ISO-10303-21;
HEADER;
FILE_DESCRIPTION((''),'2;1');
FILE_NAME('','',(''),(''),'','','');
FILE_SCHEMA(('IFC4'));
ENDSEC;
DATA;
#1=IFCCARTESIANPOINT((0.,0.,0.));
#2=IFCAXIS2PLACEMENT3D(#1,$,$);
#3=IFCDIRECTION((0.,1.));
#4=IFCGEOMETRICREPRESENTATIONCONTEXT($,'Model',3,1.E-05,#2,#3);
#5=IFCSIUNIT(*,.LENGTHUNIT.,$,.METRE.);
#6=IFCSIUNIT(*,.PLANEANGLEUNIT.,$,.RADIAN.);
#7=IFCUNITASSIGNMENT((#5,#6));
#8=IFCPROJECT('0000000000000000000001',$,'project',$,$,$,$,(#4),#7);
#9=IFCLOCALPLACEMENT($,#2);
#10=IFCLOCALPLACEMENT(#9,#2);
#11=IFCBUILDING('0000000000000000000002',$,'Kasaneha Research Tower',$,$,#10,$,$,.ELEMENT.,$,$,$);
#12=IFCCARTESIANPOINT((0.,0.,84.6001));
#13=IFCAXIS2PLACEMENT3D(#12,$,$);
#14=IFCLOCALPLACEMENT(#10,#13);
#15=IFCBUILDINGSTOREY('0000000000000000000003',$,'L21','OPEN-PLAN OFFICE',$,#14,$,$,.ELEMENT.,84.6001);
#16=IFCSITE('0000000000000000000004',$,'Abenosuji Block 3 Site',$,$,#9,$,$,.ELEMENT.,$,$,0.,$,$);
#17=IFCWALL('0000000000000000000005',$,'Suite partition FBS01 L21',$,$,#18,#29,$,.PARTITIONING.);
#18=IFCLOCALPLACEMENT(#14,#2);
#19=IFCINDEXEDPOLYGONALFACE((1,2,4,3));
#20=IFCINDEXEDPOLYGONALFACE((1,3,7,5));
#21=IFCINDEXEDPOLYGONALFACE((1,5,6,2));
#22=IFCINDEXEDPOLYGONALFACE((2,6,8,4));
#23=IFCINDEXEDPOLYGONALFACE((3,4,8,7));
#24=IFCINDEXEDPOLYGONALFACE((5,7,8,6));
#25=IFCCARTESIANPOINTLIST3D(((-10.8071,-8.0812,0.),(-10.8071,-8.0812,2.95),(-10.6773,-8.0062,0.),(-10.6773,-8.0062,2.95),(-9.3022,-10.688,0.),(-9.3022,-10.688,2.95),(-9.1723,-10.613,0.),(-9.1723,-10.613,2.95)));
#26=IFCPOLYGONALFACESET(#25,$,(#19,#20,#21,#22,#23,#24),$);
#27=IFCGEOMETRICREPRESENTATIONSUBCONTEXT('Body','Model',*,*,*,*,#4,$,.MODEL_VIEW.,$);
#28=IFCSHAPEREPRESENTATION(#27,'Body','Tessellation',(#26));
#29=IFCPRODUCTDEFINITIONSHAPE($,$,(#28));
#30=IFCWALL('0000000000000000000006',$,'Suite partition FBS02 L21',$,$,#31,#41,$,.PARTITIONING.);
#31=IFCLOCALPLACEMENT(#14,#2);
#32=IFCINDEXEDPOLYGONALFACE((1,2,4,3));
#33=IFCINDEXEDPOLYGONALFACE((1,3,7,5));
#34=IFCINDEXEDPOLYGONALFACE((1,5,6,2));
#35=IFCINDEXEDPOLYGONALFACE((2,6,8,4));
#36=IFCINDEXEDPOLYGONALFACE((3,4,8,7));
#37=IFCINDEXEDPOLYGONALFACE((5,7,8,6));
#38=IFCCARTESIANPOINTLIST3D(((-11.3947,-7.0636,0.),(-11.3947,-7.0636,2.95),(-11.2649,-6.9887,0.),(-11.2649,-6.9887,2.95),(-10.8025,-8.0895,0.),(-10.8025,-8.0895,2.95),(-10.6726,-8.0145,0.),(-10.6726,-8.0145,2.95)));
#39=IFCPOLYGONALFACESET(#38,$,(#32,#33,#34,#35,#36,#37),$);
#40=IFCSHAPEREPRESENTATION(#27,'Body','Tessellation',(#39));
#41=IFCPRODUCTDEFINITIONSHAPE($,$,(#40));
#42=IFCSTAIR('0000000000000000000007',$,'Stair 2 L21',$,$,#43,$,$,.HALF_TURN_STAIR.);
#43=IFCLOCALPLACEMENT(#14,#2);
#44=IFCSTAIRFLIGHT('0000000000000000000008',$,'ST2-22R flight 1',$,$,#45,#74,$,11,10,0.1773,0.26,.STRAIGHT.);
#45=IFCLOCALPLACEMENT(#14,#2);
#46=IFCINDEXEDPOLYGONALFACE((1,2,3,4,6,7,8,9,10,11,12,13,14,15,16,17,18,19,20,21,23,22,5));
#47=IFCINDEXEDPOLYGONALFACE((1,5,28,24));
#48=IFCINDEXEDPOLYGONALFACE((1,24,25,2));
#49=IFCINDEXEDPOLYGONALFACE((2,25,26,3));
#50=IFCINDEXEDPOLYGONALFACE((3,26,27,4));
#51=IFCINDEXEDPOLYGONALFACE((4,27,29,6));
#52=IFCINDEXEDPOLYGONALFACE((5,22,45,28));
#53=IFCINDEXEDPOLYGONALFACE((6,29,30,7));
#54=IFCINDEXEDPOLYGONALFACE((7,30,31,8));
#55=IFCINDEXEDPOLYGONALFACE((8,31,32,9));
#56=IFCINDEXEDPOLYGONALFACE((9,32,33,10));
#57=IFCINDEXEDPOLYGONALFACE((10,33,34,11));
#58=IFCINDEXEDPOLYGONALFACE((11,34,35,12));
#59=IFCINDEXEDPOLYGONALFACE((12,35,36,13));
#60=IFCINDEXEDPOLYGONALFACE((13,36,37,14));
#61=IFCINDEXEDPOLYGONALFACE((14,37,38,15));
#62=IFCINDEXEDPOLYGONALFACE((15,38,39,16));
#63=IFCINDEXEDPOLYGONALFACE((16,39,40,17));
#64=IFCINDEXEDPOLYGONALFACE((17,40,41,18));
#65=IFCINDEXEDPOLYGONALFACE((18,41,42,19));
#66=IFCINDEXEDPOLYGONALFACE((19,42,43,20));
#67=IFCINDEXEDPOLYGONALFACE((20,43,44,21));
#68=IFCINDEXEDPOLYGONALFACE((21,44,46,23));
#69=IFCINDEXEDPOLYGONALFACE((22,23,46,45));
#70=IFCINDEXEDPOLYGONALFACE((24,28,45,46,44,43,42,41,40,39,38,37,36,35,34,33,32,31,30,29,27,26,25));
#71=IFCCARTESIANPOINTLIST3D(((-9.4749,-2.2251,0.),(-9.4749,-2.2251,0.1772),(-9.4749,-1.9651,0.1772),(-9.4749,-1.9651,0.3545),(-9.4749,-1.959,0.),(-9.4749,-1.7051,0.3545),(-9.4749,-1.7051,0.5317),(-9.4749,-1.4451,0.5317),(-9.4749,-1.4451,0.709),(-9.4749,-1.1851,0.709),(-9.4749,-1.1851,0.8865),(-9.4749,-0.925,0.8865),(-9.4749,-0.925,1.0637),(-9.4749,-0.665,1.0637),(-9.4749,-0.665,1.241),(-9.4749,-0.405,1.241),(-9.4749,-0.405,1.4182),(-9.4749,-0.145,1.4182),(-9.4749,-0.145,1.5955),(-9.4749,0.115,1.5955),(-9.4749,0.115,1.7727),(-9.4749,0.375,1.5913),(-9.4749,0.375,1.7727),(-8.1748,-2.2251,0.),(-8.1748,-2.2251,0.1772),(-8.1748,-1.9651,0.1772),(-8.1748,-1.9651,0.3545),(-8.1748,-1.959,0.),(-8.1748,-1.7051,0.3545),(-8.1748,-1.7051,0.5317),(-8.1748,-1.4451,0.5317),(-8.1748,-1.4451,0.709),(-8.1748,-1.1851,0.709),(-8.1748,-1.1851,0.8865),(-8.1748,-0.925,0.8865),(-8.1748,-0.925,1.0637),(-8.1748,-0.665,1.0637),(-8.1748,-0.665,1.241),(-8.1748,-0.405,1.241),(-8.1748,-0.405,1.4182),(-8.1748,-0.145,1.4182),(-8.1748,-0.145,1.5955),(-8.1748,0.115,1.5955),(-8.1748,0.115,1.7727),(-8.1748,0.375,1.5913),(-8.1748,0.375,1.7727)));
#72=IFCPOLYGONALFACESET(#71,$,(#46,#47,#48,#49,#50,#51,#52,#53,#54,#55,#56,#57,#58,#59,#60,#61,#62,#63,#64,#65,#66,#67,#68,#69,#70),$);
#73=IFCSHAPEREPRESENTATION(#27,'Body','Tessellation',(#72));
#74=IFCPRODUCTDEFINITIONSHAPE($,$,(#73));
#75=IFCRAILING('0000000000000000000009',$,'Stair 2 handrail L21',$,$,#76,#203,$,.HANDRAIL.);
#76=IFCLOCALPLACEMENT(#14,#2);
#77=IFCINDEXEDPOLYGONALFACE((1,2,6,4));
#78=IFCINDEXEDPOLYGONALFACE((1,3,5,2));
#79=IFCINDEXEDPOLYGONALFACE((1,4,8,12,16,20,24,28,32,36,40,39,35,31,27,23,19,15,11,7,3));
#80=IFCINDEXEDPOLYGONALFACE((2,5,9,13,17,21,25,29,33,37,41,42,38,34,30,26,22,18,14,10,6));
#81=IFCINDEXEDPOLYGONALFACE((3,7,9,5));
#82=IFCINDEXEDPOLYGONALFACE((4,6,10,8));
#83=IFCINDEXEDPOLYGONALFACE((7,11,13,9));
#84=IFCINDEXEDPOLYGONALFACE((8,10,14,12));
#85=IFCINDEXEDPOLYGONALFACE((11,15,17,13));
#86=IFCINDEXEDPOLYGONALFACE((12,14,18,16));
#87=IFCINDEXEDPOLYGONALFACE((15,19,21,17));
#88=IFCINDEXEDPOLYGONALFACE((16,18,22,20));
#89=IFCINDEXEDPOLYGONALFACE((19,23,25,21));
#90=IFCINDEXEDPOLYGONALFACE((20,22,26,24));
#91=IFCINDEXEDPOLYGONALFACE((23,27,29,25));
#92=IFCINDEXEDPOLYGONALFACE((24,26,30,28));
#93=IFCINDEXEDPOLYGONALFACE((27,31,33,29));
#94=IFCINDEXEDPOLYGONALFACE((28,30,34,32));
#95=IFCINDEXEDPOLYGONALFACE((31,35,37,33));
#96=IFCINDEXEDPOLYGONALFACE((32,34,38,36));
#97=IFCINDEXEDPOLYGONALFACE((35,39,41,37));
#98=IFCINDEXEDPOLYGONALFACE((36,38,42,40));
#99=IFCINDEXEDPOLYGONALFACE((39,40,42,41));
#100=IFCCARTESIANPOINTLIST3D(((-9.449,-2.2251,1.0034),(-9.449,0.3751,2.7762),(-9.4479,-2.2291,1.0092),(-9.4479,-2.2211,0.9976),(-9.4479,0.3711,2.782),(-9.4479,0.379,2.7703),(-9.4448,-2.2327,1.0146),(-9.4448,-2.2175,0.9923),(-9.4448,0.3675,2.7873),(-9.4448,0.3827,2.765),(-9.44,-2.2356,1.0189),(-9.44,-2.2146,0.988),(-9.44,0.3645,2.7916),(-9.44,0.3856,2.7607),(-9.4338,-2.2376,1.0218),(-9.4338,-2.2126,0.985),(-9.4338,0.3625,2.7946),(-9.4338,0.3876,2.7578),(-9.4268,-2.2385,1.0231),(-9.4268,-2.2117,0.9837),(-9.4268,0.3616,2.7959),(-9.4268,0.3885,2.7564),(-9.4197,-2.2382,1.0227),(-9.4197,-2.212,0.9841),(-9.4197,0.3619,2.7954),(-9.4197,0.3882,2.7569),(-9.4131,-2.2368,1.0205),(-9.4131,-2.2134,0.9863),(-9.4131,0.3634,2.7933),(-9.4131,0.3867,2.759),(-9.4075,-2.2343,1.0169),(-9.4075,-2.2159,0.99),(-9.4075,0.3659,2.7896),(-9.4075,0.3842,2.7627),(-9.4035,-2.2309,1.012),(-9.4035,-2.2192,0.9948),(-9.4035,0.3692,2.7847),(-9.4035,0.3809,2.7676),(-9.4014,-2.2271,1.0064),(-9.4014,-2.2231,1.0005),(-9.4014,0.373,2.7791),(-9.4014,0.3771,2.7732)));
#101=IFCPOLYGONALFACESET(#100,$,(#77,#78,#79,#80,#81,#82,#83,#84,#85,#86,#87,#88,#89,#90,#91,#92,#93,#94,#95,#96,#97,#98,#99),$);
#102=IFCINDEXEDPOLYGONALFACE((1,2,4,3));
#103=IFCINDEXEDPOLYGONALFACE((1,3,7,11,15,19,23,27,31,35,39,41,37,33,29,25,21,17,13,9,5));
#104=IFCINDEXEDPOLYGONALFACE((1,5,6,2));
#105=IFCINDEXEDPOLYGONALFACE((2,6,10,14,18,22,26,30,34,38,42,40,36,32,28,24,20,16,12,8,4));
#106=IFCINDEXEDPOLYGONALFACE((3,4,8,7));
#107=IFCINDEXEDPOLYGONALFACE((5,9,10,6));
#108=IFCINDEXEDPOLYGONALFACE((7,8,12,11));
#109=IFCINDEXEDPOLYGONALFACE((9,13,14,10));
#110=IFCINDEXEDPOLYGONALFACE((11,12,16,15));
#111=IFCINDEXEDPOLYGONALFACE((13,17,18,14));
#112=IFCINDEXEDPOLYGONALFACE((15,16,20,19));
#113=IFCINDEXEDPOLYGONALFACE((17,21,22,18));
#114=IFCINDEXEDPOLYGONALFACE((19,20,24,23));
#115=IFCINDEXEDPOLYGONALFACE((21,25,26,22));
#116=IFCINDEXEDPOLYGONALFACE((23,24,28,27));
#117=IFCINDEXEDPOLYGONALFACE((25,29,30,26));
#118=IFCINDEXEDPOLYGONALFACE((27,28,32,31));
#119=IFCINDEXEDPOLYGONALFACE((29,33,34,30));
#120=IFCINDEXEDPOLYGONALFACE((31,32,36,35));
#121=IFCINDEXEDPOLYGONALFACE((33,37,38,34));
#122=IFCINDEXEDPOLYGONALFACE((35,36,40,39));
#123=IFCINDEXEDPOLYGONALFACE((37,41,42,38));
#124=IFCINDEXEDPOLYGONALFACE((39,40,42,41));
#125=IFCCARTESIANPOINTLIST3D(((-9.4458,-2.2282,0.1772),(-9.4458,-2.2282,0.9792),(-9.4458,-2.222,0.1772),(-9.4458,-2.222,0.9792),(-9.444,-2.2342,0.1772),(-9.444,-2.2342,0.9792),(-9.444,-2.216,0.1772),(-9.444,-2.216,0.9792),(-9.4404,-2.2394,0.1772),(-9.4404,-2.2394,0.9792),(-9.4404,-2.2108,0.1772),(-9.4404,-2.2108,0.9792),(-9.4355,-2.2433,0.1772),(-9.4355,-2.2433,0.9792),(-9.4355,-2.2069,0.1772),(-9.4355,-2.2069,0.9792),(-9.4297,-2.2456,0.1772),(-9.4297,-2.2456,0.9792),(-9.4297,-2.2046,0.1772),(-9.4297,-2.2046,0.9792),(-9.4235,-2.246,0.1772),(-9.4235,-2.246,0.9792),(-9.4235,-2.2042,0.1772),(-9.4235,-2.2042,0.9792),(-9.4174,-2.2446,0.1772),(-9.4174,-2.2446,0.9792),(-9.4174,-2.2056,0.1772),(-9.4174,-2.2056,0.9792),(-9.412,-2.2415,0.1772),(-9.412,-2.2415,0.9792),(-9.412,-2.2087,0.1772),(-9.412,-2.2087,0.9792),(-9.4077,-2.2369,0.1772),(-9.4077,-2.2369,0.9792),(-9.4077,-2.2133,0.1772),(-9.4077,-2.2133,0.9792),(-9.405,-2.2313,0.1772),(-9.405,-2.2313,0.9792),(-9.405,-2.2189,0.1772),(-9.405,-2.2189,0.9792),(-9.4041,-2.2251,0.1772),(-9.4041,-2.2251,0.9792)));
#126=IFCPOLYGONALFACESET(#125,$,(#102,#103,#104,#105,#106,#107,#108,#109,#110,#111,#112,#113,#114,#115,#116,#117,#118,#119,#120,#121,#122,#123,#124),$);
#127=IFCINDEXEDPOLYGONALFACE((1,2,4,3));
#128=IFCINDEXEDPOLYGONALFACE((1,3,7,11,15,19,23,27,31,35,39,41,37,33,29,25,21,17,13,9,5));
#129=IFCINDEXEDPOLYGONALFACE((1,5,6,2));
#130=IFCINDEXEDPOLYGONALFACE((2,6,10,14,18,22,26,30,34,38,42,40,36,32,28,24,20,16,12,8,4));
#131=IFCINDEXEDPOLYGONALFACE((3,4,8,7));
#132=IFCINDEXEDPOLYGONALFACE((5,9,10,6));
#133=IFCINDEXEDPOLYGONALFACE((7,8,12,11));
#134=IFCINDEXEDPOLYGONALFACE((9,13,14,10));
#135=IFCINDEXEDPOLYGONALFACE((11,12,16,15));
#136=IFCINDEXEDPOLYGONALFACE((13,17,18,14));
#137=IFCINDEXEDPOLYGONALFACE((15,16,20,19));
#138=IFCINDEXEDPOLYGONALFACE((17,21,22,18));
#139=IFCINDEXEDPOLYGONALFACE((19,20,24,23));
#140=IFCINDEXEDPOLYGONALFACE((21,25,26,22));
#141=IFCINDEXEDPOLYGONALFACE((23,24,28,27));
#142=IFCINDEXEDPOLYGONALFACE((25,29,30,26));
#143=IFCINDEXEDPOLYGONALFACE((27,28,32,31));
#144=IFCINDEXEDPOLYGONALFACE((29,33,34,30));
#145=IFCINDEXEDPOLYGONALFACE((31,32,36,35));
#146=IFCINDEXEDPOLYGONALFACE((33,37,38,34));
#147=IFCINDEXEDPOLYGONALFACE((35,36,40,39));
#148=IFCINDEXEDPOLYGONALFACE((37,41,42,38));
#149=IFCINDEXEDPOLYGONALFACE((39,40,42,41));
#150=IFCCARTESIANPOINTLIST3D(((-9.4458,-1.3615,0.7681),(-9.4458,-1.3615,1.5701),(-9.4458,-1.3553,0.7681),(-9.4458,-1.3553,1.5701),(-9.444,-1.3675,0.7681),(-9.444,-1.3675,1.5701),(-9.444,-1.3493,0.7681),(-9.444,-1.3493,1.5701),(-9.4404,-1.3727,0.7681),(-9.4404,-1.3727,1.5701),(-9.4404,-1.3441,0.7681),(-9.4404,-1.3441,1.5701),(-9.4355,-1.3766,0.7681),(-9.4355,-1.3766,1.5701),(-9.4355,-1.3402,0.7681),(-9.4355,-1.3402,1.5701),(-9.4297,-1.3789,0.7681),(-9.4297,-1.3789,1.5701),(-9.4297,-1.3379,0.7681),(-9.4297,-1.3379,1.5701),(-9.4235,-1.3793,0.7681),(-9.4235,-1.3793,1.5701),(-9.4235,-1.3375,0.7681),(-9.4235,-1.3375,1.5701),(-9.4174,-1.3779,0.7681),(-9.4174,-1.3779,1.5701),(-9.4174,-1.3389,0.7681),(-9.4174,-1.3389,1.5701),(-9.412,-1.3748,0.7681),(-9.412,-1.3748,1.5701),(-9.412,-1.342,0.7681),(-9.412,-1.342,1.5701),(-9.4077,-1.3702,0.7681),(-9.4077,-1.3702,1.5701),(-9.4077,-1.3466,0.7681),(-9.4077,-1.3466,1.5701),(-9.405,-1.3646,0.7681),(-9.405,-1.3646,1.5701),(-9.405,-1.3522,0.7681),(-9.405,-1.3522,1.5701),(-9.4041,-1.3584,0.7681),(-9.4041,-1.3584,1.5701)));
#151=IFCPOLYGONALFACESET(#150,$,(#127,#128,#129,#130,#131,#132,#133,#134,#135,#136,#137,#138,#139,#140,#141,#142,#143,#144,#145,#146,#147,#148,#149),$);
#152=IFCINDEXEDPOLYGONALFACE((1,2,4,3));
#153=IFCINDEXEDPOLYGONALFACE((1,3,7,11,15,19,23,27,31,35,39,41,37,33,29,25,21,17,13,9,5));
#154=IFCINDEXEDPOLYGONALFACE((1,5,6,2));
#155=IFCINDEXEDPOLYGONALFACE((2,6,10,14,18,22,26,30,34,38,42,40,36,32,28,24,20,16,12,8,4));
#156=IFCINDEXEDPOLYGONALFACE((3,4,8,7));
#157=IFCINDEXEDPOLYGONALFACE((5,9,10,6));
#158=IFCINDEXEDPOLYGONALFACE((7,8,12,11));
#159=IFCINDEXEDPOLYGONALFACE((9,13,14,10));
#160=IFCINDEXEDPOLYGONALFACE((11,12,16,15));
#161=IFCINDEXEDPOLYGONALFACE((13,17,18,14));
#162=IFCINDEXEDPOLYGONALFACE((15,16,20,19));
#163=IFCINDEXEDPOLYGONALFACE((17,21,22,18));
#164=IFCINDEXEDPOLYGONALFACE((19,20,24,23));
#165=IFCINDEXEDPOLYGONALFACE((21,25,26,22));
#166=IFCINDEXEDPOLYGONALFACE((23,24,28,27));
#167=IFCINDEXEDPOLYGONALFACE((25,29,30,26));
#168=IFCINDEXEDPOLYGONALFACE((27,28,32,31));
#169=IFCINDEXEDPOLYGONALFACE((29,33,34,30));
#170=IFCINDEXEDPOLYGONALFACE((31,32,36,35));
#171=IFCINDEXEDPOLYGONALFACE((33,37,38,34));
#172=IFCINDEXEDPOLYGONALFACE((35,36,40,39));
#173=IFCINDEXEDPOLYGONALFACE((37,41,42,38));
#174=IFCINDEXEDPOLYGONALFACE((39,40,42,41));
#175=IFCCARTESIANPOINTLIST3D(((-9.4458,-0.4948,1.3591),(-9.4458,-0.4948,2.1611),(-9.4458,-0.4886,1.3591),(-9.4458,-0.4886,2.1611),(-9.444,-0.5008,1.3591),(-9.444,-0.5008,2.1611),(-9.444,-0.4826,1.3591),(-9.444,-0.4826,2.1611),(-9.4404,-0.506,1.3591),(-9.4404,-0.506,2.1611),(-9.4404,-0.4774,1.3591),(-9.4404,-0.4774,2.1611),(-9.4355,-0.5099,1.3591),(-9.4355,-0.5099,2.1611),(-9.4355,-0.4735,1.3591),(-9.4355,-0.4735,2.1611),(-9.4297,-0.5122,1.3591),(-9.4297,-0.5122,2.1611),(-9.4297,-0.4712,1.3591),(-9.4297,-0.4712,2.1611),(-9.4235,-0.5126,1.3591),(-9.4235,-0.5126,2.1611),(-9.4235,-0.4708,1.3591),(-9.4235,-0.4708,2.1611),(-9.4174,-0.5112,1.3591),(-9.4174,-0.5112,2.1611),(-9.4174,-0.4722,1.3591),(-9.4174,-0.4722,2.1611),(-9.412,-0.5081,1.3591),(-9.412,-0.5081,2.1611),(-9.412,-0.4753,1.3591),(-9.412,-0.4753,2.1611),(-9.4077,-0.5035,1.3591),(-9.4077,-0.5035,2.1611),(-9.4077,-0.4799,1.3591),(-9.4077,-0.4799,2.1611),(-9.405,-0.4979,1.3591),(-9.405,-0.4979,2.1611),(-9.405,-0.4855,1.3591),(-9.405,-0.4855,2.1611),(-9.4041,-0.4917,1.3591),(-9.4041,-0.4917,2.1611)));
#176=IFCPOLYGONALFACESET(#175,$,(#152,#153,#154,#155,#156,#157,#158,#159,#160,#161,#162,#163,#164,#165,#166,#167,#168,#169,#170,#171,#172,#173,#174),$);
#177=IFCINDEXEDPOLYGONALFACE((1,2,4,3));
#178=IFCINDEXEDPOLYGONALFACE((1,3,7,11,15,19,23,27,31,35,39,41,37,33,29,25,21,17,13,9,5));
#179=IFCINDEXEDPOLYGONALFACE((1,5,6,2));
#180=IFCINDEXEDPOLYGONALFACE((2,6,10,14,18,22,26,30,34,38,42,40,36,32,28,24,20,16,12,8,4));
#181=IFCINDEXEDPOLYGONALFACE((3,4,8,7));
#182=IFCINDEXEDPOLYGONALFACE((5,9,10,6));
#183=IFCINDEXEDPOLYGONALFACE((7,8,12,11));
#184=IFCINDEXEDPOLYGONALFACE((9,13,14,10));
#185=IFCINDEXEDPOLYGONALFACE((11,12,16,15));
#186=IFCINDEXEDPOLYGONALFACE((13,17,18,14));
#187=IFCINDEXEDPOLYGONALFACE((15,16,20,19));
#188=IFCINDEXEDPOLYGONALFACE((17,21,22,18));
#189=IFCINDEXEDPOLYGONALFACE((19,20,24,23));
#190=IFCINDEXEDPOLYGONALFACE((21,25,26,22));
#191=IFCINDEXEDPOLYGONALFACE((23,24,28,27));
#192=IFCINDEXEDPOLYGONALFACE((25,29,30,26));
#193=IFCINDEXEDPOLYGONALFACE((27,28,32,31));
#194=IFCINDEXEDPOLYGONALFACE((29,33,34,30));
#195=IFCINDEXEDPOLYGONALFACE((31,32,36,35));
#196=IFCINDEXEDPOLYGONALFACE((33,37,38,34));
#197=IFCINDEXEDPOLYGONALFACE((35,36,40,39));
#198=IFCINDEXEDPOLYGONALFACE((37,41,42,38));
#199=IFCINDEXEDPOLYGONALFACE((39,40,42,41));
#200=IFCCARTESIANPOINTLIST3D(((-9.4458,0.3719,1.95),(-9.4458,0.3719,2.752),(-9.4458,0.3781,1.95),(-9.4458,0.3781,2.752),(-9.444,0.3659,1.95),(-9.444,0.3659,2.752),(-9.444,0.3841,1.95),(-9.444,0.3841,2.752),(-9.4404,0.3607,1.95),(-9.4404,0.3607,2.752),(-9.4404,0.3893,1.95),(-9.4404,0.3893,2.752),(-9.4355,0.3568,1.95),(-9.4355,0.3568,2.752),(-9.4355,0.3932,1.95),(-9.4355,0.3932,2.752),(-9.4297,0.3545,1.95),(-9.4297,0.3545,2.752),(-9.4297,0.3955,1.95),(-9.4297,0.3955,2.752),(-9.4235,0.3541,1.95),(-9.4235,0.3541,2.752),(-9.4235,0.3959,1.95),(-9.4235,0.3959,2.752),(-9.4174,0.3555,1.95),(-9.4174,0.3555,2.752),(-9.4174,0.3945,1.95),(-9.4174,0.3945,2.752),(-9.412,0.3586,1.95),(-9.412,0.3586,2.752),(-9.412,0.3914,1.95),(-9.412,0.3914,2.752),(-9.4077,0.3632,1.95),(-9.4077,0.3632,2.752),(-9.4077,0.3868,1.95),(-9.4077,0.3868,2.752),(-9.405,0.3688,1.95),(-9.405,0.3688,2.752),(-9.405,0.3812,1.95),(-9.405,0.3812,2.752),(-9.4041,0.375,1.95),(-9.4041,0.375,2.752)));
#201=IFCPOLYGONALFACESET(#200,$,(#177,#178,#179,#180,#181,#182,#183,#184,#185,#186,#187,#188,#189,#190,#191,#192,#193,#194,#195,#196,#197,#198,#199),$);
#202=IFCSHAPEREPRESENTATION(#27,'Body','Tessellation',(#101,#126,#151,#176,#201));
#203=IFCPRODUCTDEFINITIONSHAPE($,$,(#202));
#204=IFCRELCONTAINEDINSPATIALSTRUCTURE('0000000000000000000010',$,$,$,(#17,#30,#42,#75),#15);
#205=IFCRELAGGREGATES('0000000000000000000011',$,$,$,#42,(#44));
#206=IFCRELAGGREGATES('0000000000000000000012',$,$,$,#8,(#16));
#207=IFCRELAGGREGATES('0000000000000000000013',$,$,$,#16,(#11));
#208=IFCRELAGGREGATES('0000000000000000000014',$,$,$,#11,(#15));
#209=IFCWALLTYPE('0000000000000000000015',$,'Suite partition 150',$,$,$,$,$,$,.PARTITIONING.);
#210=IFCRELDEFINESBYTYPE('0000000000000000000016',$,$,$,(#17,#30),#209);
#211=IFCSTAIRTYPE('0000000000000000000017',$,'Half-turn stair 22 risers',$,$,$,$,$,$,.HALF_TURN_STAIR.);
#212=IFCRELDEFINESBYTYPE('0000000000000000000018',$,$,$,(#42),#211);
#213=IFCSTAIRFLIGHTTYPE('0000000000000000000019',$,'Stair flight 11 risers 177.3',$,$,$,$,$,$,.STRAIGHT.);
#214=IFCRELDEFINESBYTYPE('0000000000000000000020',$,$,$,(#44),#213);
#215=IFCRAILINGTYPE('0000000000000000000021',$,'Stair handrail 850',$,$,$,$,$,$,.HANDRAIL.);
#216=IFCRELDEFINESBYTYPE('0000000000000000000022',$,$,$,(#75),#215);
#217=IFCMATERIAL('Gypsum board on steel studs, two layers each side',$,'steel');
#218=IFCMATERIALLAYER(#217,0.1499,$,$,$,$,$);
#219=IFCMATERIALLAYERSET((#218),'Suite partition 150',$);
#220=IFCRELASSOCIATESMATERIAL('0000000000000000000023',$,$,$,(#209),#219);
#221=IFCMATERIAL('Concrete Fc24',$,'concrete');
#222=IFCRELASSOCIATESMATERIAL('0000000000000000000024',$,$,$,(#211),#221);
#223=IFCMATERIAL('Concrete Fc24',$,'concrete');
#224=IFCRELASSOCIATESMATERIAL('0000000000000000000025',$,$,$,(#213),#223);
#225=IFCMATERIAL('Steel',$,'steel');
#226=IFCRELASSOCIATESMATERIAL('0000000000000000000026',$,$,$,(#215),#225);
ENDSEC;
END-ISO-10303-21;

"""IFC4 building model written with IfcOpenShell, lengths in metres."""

from ifc_helpers import new_model, si_unit, direction, frame, frame_2d, origin, origin_2d, place, context, subcontext, project, spatial, polyline, rectangle, circle, outline, extrude, material, layer, layer_set, type_object, element, aggregate, save


model = new_model("IFC4")

# Units and contexts
model_context = context("Model", 3, precision=1e-05, world=origin(), true_north=direction((0.0, 1.0)))
body_context = subcontext(model_context, "Body", "Model", "MODEL_VIEW")
ifc_project = project(units=[si_unit("LENGTHUNIT", "METRE"), si_unit("PLANEANGLEUNIT", "RADIAN")], contexts=[model_context])

# Site, building, storey
site_placement = place(None, origin())
site = spatial("IfcSite", under=ifc_project, at=site_placement, Name="Abenosuji Block 3 Site", CompositionType="ELEMENT", RefElevation=0.0)
building_placement = place(site_placement, origin())
building = spatial("IfcBuilding", under=site, at=building_placement, Name="Kasaneha Research Tower", CompositionType="ELEMENT")
storey_placement = place(building_placement, frame((0.0, 0.0, 84.6001)))
storey = spatial("IfcBuildingStorey", under=building, at=storey_placement, Name="L21", Description="OPEN-PLAN OFFICE", CompositionType="ELEMENT", Elevation=84.6001)

# Shared definitions
ifc_material_1 = material(Name="Gypsum board on steel studs, two layers each side", Category="steel")
ifc_layer_1 = layer(ifc_material_1, 0.1499)
ifc_layer_set_1 = layer_set([ifc_layer_1], Name="Suite partition 150")
wall_type_1 = type_object("IfcWallType", Name="Suite partition 150", PredefinedType="PARTITIONING", material=ifc_layer_set_1)

# Walls
wall_1_placement = place(storey_placement, frame((-9.2373, -10.6504, 0.0), z_axis=(0.0, 0.0, 1.0), x_axis=(-0.499978, 0.866038, 0.0)))
element("IfcWall", 1, at=wall_1_placement, inside=storey, type_object=wall_type_1, Name="Suite partition FBS01 L21", PredefinedType="PARTITIONING", context=body_context, shape_type="SweptSolid", body=[
    extrude(rectangle(XDim=3.01, YDim=0.1499, at=frame_2d((1.5049, 0.0))), origin(), (0.0, 0.0, 1.0), 2.95),
])
wall_2_placement = place(storey_placement, frame((-10.7375, -8.052, 0.0), z_axis=(0.0, 0.0, 1.0), x_axis=(-0.499996, 0.866028, 0.0)))
element("IfcWall", 2, at=wall_2_placement, inside=storey, type_object=wall_type_1, Name="Suite partition FBS02 L21", PredefinedType="PARTITIONING", context=body_context, shape_type="SweptSolid", body=[
    extrude(rectangle(XDim=1.1846, YDim=0.1499, at=frame_2d((0.5923, 0.0))), origin(), (0.0, 0.0, 1.0), 2.95),
])

# Stair, stair flight
ifc_material_2 = material(Name="Concrete Fc24", Category="concrete")
stair_type = type_object("IfcStairType", Name="Half-turn stair 22 risers", PredefinedType="HALF_TURN_STAIR", material=ifc_material_2)
stair_placement = place(storey_placement, origin())
stair = element("IfcStair", 3, at=stair_placement, inside=storey, type_object=stair_type, Name="Stair 2 L21", PredefinedType="HALF_TURN_STAIR")
ifc_material_3 = material(Name="Concrete Fc24", Category="concrete")
stair_flight_type = type_object("IfcStairFlightType", Name="Stair flight 11 risers 177.3", PredefinedType="STRAIGHT", material=ifc_material_3)
stair_flight_placement = place(storey_placement, frame((-8.825, -2.2251, 0.0), z_axis=(0.0, 0.0, 1.0), x_axis=(0.0, 1.0, 0.0)))
stair_flight = element("IfcStairFlight", 4, at=stair_flight_placement, type_object=stair_flight_type, Name="ST2-22R flight 1", NumberOfRisers=11, NumberOfTreads=10, PredefinedType="STRAIGHT", RiserHeight=0.1773, TreadLength=0.26, context=body_context, shape_type="SweptSolid", body=[
    extrude(outline(polyline([(0.0, 0.0), (0.0, 0.1772), (0.26, 0.1772), (0.26, 0.3545), (0.52, 0.3545), (0.52, 0.5317), (0.78, 0.5317), (0.78, 0.709), (1.04, 0.709), (1.04, 0.8865), (1.3, 0.8865), (1.3, 1.0637), (1.5601, 1.0637), (1.5601, 1.241), (1.8201, 1.241), (1.8201, 1.4182), (2.0801, 1.4182), (2.0801, 1.5955), (2.3401, 1.5955), (2.3401, 1.7727), (2.6001, 1.7727), (2.6001, 1.95), (2.6001, 1.5913), (0.2661, 0.0), (0.0, 0.0)])), frame((0.0, 0.6499, 0.0), z_axis=(0.0, -1.0, 0.0), x_axis=(1.0, 0.0, 0.0)), (0.0, 0.0, 1.0), 1.3),
])
aggregate(stair, [stair_flight])

# Railing
ifc_material_4 = material(Name="Steel", Category="steel")
railing_type = type_object("IfcRailingType", Name="Stair handrail 850", PredefinedType="HANDRAIL", material=ifc_material_4)
railing_placement = place(storey_placement, frame((-9.425, -2.2251, 0.1772)))
element("IfcRailing", 5, at=railing_placement, inside=storey, type_object=railing_type, Name="Stair 2 handrail L21", PredefinedType="HANDRAIL", context=body_context, shape_type="SweptSolid", body=[
    extrude(circle(Radius=0.0239, at=origin_2d()), frame((0.0, 0.0, 0.8262), z_axis=(0.0, 0.82624, 0.563318), x_axis=(-1.0, 0.0, 0.0)), (0.0, 0.0, 1.0), 3.147),
    extrude(circle(Radius=0.021, at=origin_2d()), origin(), (0.0, 0.0, 1.0), 0.802),
    extrude(circle(Radius=0.021, at=origin_2d()), frame((0.0, 0.8667, 0.5908)), (0.0, 0.0, 1.0), 0.802),
    extrude(circle(Radius=0.021, at=origin_2d()), frame((0.0, 1.7334, 1.1819)), (0.0, 0.0, 1.0), 0.802),
    extrude(circle(Radius=0.021, at=origin_2d()), frame((0.0, 2.6001, 1.7727)), (0.0, 0.0, 1.0), 0.802),
])

save(model, "model.ifc")
